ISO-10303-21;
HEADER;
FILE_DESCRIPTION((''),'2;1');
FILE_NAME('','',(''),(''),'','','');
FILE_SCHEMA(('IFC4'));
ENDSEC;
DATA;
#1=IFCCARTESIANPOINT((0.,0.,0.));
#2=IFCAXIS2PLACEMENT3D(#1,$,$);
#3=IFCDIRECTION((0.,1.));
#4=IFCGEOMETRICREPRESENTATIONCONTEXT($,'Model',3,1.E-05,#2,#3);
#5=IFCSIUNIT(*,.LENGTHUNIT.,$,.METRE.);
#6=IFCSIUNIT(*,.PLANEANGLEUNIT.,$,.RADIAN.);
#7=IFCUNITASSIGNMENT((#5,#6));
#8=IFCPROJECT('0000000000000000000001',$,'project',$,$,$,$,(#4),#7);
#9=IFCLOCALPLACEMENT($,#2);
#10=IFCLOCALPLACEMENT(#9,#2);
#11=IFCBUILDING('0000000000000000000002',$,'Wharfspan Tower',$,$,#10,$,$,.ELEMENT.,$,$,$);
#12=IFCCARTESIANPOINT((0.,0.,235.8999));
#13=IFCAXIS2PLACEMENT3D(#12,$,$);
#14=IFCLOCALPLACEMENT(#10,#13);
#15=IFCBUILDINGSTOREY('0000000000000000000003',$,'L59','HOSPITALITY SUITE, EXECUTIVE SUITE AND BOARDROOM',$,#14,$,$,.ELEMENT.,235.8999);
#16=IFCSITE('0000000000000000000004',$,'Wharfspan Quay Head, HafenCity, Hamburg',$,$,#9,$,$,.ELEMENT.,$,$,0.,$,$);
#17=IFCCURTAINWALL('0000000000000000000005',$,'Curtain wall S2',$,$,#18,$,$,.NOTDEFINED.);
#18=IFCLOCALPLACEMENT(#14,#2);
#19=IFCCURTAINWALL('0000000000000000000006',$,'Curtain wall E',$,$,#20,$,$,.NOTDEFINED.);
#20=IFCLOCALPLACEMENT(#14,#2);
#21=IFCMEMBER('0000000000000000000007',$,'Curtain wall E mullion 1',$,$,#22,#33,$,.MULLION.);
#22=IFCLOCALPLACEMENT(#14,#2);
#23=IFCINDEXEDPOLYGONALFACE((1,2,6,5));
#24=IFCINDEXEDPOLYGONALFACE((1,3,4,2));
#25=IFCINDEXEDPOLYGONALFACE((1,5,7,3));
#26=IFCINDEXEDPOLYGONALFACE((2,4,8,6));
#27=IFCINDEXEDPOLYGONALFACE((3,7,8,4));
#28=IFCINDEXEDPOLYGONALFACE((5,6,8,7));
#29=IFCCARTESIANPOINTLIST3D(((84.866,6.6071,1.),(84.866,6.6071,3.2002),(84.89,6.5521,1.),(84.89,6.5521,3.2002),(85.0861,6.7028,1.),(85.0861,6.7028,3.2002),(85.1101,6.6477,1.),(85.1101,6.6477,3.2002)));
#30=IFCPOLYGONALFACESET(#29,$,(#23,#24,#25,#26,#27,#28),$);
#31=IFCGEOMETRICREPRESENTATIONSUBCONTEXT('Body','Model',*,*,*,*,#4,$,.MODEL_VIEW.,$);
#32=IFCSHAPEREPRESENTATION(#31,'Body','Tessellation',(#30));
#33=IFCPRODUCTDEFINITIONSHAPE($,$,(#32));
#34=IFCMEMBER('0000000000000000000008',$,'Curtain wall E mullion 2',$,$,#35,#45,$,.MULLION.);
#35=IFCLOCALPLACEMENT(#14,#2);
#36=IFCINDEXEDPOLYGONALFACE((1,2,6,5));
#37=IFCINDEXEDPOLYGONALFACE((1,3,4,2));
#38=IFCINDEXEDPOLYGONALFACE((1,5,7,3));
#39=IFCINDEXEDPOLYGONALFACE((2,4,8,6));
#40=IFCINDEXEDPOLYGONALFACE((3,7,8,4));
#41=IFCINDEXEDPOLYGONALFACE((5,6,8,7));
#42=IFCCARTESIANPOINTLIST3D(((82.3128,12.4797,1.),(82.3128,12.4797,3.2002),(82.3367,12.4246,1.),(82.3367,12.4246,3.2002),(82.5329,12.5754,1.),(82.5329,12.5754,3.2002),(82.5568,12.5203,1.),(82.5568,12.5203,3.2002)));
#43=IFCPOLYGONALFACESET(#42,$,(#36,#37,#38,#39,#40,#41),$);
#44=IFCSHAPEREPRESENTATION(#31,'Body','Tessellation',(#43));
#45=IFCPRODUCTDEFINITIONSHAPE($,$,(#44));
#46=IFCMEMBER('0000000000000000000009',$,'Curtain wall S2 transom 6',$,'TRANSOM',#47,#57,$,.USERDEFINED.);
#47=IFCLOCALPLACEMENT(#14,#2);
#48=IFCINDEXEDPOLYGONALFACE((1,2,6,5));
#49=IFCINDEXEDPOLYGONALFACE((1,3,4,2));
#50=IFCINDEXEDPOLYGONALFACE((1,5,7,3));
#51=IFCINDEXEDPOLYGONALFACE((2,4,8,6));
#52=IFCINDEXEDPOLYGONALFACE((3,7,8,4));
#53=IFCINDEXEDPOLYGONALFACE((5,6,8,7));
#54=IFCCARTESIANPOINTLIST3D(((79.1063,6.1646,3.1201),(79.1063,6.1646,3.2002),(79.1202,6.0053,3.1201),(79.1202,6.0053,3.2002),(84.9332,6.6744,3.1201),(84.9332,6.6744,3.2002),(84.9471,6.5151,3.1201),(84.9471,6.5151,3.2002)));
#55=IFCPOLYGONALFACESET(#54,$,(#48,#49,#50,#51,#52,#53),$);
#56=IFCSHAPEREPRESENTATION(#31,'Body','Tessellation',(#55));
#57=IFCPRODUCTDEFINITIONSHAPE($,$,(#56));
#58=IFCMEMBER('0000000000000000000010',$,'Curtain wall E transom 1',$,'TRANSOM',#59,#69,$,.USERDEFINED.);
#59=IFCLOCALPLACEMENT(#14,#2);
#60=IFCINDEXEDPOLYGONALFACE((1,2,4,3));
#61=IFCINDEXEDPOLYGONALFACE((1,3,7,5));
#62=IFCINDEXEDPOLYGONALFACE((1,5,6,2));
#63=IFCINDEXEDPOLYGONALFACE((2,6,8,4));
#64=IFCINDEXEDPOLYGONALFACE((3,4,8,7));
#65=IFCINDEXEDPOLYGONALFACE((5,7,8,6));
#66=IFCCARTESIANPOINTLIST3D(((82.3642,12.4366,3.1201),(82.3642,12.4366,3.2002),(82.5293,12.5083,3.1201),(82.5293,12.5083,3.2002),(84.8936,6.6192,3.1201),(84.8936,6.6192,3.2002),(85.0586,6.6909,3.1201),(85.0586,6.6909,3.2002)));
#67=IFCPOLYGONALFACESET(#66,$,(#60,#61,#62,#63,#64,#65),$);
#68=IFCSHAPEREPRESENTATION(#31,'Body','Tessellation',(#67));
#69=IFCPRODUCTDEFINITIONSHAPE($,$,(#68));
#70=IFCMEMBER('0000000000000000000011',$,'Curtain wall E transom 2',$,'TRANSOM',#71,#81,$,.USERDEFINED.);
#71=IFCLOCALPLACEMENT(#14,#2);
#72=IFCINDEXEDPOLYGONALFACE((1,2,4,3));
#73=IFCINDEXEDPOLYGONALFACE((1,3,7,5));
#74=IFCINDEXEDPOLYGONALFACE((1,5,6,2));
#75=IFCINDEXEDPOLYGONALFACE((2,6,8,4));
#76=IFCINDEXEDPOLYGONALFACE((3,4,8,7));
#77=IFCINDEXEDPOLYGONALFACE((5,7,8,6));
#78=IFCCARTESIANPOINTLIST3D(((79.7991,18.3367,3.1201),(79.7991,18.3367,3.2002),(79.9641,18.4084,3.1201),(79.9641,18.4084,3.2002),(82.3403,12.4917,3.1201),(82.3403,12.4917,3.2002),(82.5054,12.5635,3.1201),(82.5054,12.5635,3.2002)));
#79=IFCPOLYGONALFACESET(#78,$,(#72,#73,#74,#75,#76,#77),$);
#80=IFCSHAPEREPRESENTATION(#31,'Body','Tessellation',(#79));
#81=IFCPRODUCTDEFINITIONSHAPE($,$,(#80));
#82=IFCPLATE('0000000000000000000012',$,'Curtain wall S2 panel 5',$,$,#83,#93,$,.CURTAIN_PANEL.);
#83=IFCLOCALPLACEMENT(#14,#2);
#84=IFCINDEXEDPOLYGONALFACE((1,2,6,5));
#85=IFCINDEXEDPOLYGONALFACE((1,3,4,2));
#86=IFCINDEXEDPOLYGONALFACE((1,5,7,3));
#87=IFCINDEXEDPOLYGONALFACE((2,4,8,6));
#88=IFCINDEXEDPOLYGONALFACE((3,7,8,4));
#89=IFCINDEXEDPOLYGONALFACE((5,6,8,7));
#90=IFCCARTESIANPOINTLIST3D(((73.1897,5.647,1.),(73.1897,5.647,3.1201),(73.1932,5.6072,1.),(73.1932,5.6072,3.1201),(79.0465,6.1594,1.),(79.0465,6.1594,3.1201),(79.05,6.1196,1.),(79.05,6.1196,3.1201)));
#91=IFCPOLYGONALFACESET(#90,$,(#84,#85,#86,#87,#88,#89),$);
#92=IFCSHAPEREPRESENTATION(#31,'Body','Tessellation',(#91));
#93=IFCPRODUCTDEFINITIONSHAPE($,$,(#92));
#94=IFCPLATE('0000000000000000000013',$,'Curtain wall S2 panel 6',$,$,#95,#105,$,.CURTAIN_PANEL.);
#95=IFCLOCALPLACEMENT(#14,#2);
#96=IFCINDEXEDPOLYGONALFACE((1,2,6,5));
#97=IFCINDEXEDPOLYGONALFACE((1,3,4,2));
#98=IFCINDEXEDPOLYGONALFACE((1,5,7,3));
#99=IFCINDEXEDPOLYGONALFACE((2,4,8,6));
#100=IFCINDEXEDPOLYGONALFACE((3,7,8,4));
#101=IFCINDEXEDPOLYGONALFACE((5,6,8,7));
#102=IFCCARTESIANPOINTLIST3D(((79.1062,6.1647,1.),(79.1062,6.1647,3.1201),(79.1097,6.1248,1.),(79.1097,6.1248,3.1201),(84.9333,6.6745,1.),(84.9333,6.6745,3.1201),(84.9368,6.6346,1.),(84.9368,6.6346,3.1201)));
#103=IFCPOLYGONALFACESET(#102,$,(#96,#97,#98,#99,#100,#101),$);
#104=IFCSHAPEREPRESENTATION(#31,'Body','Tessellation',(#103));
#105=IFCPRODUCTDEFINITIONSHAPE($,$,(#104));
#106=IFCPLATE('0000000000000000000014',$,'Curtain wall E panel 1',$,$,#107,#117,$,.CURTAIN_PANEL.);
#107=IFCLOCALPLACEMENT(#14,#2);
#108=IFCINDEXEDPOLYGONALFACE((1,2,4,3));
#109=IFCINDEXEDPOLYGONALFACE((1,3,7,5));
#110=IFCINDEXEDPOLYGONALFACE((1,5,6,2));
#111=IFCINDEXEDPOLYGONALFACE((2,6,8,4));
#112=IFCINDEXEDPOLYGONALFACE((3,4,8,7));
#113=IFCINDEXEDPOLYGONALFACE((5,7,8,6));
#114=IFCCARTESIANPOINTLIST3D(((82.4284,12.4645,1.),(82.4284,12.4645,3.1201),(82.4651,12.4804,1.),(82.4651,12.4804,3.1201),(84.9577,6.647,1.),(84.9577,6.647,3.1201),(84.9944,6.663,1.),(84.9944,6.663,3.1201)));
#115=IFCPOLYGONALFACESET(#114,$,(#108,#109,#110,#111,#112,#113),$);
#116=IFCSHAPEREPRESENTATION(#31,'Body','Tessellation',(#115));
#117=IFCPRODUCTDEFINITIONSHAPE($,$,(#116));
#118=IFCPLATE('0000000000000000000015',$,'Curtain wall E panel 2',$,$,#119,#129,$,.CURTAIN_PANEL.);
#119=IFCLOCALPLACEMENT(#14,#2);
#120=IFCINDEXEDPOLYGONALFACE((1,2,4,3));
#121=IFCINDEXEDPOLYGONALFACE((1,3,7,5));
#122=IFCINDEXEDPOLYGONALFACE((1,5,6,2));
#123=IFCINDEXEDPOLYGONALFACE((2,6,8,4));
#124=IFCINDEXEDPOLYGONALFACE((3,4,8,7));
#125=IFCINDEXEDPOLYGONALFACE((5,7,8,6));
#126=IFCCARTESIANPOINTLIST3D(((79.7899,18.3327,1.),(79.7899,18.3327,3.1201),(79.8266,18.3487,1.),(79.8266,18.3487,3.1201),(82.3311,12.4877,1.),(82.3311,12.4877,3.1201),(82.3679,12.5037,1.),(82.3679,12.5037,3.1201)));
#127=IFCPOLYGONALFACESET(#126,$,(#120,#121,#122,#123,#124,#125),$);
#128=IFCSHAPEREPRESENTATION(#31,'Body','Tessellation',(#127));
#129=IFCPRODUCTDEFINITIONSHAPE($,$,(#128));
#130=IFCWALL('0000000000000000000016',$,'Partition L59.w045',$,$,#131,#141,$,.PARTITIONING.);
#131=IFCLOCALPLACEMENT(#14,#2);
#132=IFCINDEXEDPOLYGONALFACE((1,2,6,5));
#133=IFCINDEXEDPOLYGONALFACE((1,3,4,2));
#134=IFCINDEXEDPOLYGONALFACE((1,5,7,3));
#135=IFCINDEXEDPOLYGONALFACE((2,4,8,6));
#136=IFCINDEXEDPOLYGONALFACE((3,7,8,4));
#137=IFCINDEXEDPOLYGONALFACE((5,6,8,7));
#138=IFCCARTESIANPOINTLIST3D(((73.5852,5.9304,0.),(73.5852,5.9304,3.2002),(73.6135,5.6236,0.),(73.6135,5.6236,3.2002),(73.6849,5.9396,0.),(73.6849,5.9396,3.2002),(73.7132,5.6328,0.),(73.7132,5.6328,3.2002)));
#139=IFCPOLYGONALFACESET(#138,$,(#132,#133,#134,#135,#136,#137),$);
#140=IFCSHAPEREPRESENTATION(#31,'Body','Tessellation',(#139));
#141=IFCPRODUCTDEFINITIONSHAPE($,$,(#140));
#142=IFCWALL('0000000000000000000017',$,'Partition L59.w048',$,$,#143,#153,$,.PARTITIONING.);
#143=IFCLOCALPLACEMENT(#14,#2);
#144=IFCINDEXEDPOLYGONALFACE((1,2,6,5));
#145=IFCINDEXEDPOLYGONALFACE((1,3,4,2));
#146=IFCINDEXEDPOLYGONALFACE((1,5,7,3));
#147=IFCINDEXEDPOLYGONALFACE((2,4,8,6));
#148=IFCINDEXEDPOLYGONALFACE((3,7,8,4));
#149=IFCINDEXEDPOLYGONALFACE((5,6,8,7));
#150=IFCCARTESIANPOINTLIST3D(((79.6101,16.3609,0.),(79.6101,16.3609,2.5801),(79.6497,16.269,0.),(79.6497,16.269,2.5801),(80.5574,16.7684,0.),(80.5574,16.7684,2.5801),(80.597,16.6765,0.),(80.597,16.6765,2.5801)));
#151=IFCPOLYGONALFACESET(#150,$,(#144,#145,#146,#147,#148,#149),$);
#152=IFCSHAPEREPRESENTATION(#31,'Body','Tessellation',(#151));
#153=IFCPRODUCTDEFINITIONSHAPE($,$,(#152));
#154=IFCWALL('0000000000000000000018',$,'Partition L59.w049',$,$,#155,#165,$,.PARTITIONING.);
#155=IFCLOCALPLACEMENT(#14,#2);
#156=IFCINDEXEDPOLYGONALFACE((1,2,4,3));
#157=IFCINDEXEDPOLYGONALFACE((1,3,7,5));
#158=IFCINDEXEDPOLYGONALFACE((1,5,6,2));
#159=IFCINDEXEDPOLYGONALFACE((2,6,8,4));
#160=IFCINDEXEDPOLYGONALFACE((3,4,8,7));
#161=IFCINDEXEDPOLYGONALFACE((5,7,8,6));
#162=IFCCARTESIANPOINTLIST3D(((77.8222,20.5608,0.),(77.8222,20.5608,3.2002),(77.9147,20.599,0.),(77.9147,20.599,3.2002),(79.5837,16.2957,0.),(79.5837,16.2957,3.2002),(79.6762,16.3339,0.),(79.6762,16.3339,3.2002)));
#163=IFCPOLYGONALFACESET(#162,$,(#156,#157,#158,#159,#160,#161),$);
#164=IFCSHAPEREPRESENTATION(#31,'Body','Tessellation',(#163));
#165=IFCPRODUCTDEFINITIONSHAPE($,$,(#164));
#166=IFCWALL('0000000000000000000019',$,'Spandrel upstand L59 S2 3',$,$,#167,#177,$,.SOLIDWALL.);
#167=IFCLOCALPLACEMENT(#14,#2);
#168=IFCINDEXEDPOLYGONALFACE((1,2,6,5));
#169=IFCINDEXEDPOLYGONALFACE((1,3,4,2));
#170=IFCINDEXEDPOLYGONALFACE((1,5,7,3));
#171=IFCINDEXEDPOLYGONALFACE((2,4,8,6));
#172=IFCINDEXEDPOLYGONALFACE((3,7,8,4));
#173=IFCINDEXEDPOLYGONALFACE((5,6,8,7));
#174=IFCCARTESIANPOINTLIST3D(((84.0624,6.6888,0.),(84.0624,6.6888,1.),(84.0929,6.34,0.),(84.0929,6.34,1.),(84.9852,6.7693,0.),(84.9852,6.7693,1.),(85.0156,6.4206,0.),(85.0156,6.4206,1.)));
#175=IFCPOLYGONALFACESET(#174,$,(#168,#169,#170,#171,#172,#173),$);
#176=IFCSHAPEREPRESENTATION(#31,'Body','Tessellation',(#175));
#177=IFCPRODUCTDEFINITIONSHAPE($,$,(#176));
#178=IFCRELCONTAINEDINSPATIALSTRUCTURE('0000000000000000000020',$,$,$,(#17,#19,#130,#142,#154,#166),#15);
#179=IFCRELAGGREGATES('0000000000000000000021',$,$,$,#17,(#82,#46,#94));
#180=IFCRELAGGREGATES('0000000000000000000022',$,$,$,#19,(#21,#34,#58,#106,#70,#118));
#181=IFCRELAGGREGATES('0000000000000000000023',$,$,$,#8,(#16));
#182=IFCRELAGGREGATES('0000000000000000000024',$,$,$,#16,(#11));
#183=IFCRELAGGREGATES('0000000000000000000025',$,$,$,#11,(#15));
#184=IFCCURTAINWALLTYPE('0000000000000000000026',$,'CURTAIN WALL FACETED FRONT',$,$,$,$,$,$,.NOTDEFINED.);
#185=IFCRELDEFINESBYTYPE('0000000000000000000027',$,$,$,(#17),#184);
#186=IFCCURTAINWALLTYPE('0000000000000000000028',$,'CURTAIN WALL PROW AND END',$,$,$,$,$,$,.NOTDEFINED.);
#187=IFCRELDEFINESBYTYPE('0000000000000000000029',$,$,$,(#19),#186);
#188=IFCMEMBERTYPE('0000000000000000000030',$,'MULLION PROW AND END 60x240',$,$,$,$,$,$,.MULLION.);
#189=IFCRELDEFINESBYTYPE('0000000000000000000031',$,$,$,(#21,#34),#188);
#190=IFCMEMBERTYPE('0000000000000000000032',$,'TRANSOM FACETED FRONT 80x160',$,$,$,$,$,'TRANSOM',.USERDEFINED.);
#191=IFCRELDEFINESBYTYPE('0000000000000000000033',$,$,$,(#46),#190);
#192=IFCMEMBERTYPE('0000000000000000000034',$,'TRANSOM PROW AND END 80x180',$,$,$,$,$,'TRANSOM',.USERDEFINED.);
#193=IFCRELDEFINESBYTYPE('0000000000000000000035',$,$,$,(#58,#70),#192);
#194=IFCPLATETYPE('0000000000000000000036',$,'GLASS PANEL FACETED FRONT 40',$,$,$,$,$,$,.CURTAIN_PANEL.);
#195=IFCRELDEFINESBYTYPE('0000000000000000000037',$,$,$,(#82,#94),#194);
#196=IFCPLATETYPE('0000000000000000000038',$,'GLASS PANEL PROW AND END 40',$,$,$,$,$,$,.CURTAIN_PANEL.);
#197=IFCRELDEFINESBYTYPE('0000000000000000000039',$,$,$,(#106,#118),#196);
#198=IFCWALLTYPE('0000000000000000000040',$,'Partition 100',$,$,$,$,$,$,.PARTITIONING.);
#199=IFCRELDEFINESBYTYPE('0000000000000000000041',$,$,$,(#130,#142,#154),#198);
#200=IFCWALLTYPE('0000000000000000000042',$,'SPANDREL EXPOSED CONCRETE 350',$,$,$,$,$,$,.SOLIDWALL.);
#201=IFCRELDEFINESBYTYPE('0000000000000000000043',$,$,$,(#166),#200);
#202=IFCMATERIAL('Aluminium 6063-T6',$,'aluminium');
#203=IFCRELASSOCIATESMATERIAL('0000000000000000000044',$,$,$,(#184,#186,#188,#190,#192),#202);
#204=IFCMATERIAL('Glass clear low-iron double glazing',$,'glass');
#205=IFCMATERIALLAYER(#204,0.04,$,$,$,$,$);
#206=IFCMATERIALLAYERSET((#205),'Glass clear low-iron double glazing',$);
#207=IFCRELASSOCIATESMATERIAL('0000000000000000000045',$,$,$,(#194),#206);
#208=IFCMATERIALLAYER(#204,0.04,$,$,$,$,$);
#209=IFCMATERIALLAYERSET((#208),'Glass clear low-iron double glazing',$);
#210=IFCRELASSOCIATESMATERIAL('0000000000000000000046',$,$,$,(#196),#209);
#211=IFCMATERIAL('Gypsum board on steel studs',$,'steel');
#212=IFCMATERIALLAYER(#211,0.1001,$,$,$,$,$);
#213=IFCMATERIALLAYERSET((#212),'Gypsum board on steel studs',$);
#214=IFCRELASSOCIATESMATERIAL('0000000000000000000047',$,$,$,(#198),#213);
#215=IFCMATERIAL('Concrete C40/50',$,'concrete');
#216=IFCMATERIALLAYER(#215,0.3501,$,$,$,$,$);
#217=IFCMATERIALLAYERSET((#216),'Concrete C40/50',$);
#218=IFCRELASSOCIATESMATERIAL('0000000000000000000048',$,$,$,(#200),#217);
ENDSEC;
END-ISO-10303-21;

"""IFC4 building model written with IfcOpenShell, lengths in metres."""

from ifc_helpers import new_model, si_unit, direction, frame, frame_2d, origin, origin_2d, place, context, subcontext, project, spatial, rectangle, extrude, material, layer, layer_set, material_profile, profile_set, type_object, element, aggregate, save


model = new_model("IFC4")

# Units and contexts
model_context = context("Model", 3, precision=1e-05, world=origin(), true_north=direction((0.0, 1.0)))
body_context = subcontext(model_context, "Body", "Model", "MODEL_VIEW")
ifc_project = project(units=[si_unit("LENGTHUNIT", "METRE"), si_unit("PLANEANGLEUNIT", "RADIAN")], contexts=[model_context])

# Site, building, storey
site_placement = place(None, origin())
site = spatial("IfcSite", under=ifc_project, at=site_placement, Name="Wharfspan Quay Head, HafenCity, Hamburg", CompositionType="ELEMENT", RefElevation=0.0)
building_placement = place(site_placement, origin())
building = spatial("IfcBuilding", under=site, at=building_placement, Name="Wharfspan Tower", CompositionType="ELEMENT")
storey_placement = place(building_placement, frame((0.0, 0.0, 235.8999)))
storey = spatial("IfcBuildingStorey", under=building, at=storey_placement, Name="L59", Description="HOSPITALITY SUITE, EXECUTIVE SUITE AND BOARDROOM", CompositionType="ELEMENT", Elevation=235.8999)

# Curtain walls, members
ifc_material_1 = material(Name="Aluminium 6063-T6", Category="aluminium")
curtain_wall_type_1 = type_object("IfcCurtainWallType", Name="CURTAIN WALL FACETED FRONT", PredefinedType="NOTDEFINED", material=ifc_material_1)
curtain_wall_1_placement = place(storey_placement, origin())
curtain_wall_1 = element("IfcCurtainWall", 1, at=curtain_wall_1_placement, inside=storey, type_object=curtain_wall_type_1, Name="Curtain wall S2", PredefinedType="NOTDEFINED")
curtain_wall_type_2 = type_object("IfcCurtainWallType", Name="CURTAIN WALL PROW AND END", PredefinedType="NOTDEFINED", material=ifc_material_1)
curtain_wall_2_placement = place(storey_placement, origin())
curtain_wall_2 = element("IfcCurtainWall", 2, at=curtain_wall_2_placement, inside=storey, type_object=curtain_wall_type_2, Name="Curtain wall E", PredefinedType="NOTDEFINED")
ifc_material_profile_1 = material_profile(ifc_material_1, rectangle(XDim=0.24, YDim=0.0601, at=origin_2d()))
ifc_profile_set_1 = profile_set([ifc_material_profile_1], Name="Aluminium 6063-T6")
member_type_1 = type_object("IfcMemberType", Name="MULLION PROW AND END 60x240", PredefinedType="MULLION", material=ifc_profile_set_1)
member_1_placement = place(storey_placement, frame((84.988, 6.6274, 1.0), z_axis=(0.0, 0.0, 1.0), x_axis=(-0.917072, -0.398727, 0.0)))
member_1 = element("IfcMember", 3, at=member_1_placement, type_object=member_type_1, Name="Curtain wall E mullion 1", PredefinedType="MULLION", context=body_context, shape_type="SweptSolid", body=[
    extrude(rectangle(XDim=0.24, YDim=0.0601, at=origin_2d()), origin(), (0.0, 0.0, 1.0), 2.2002),
])
member_2_placement = place(storey_placement, frame((82.4348, 12.5, 1.0), z_axis=(0.0, 0.0, 1.0), x_axis=(-0.917072, -0.398727, 0.0)))
member_2 = element("IfcMember", 4, at=member_2_placement, type_object=member_type_1, Name="Curtain wall E mullion 2", PredefinedType="MULLION", context=body_context, shape_type="SweptSolid", body=[
    extrude(rectangle(XDim=0.24, YDim=0.0601, at=origin_2d()), origin(), (0.0, 0.0, 1.0), 2.2002),
])

# Members
ifc_material_profile_2 = material_profile(ifc_material_1, rectangle(XDim=0.1599, YDim=0.0801, at=origin_2d()))
ifc_profile_set_2 = profile_set([ifc_material_profile_2], Name="Aluminium 6063-T6")
member_type_2 = type_object("IfcMemberType", Name="TRANSOM FACETED FRONT 80x160", ElementType="TRANSOM", PredefinedType="USERDEFINED", material=ifc_profile_set_2)
member_3_placement = place(storey_placement, frame((79.1133, 6.085, 3.1602), z_axis=(0.996195, 0.087152, 0.0), x_axis=(-0.087152, 0.996195, 0.0)))
member_3 = element("IfcMember", 5, at=member_3_placement, type_object=member_type_2, Name="Curtain wall S2 transom 6", ObjectType="TRANSOM", PredefinedType="USERDEFINED", context=body_context, shape_type="SweptSolid", body=[
    extrude(rectangle(XDim=0.1599, YDim=0.0801, at=origin_2d()), origin(), (0.0, 0.0, 1.0), 5.8491),
])
ifc_material_profile_3 = material_profile(ifc_material_1, rectangle(XDim=0.1799, YDim=0.0801, at=origin_2d()))
ifc_profile_set_3 = profile_set([ifc_material_profile_3], Name="Aluminium 6063-T6")
member_type_3 = type_object("IfcMemberType", Name="TRANSOM PROW AND END 80x180", ElementType="TRANSOM", PredefinedType="USERDEFINED", material=ifc_profile_set_3)
member_4_placement = place(storey_placement, frame((84.9761, 6.655, 3.1602), z_axis=(-0.398726, 0.91707, 0.0), x_axis=(-0.91707, -0.398726, 0.0)))
member_4 = element("IfcMember", 6, at=member_4_placement, type_object=member_type_3, Name="Curtain wall E transom 1", ObjectType="TRANSOM", PredefinedType="USERDEFINED", context=body_context, shape_type="SweptSolid", body=[
    extrude(rectangle(XDim=0.1799, YDim=0.0801, at=origin_2d()), origin(), (0.0, 0.0, 1.0), 6.3435),
])
member_5_placement = place(storey_placement, frame((82.4229, 12.5276, 3.1602), z_axis=(-0.398722, 0.917072, 0.0), x_axis=(-0.917072, -0.398722, 0.0)))
member_5 = element("IfcMember", 7, at=member_5_placement, type_object=member_type_3, Name="Curtain wall E transom 2", ObjectType="TRANSOM", PredefinedType="USERDEFINED", context=body_context, shape_type="SweptSolid", body=[
    extrude(rectangle(XDim=0.1799, YDim=0.0801, at=origin_2d()), origin(), (0.0, 0.0, 1.0), 6.3735),
])

# Plates
ifc_material_2 = material(Name="Glass clear low-iron double glazing", Category="glass")
ifc_layer_1 = layer(ifc_material_2, 0.04)
ifc_layer_set_1 = layer_set([ifc_layer_1], Name="Glass clear low-iron double glazing")
plate_type_1 = type_object("IfcPlateType", Name="GLASS PANEL FACETED FRONT 40", PredefinedType="CURTAIN_PANEL", material=ifc_layer_set_1)
plate_1_placement = place(storey_placement, frame((76.1199, 5.8833, 1.0), z_axis=(0.0, 0.0, 1.0), x_axis=(0.996197, 0.087156, 0.0)))
plate_1 = element("IfcPlate", 8, at=plate_1_placement, type_object=plate_type_1, Name="Curtain wall S2 panel 5", PredefinedType="CURTAIN_PANEL", context=body_context, shape_type="SweptSolid", body=[
    extrude(rectangle(XDim=5.8792, YDim=0.04, at=origin_2d()), origin(), (0.0, 0.0, 1.0), 2.1201),
])
plate_2_placement = place(storey_placement, frame((82.0215, 6.3997, 1.0), z_axis=(0.0, 0.0, 1.0), x_axis=(0.996197, 0.087156, 0.0)))
plate_2 = element("IfcPlate", 9, at=plate_2_placement, type_object=plate_type_1, Name="Curtain wall S2 panel 6", PredefinedType="CURTAIN_PANEL", context=body_context, shape_type="SweptSolid", body=[
    extrude(rectangle(XDim=5.8494, YDim=0.04, at=origin_2d()), origin(), (0.0, 0.0, 1.0), 2.1201),
])
aggregate(curtain_wall_1, [plate_1, member_3, plate_2])
ifc_layer_2 = layer(ifc_material_2, 0.04)
ifc_layer_set_2 = layer_set([ifc_layer_2], Name="Glass clear low-iron double glazing")
plate_type_2 = type_object("IfcPlateType", Name="GLASS PANEL PROW AND END 40", PredefinedType="CURTAIN_PANEL", material=ifc_layer_set_2)
plate_3_placement = place(storey_placement, frame((83.7114, 9.5637, 1.0), z_axis=(0.0, 0.0, 1.0), x_axis=(-0.398727, 0.917072, 0.0)))
plate_3 = element("IfcPlate", 10, at=plate_3_placement, type_object=plate_type_2, Name="Curtain wall E panel 1", PredefinedType="CURTAIN_PANEL", context=body_context, shape_type="SweptSolid", body=[
    extrude(rectangle(XDim=6.3435, YDim=0.04, at=origin_2d()), origin(), (0.0, 0.0, 1.0), 2.1201),
])
plate_4_placement = place(storey_placement, frame((81.0789, 15.4182, 1.0), z_axis=(0.0, 0.0, 1.0), x_axis=(-0.398727, 0.917072, 0.0)))
plate_4 = element("IfcPlate", 11, at=plate_4_placement, type_object=plate_type_2, Name="Curtain wall E panel 2", PredefinedType="CURTAIN_PANEL", context=body_context, shape_type="SweptSolid", body=[
    extrude(rectangle(XDim=6.3735, YDim=0.04, at=origin_2d()), origin(), (0.0, 0.0, 1.0), 2.1201),
])
aggregate(curtain_wall_2, [member_1, member_2, member_4, plate_3, member_5, plate_4])

# Walls
ifc_material_3 = material(Name="Gypsum board on steel studs", Category="steel")
ifc_layer_3 = layer(ifc_material_3, 0.1001)
ifc_layer_set_3 = layer_set([ifc_layer_3], Name="Gypsum board on steel studs")
wall_type_1 = type_object("IfcWallType", Name="Partition 100", PredefinedType="PARTITIONING", material=ifc_layer_set_3)
wall_1_placement = place(storey_placement, frame((73.6633, 5.6282, 0.0), z_axis=(0.0, 0.0, 1.0), x_axis=(-0.091893, 0.995772, 0.0)))
element("IfcWall", 12, at=wall_1_placement, inside=storey, type_object=wall_type_1, Name="Partition L59.w045", PredefinedType="PARTITIONING", context=body_context, shape_type="SweptSolid", body=[
    extrude(rectangle(XDim=0.3081, YDim=0.1001, at=frame_2d((0.1541, 0.0))), origin(), (0.0, 0.0, 1.0), 3.2002),
])
wall_2_placement = place(storey_placement, frame((79.6299, 16.3149, 0.0), z_axis=(0.0, 0.0, 1.0), x_axis=(0.918616, 0.395147, 0.0)))
element("IfcWall", 13, at=wall_2_placement, inside=storey, type_object=wall_type_1, Name="Partition L59.w048", PredefinedType="PARTITIONING", context=body_context, shape_type="SweptSolid", body=[
    extrude(rectangle(XDim=1.0312, YDim=0.1001, at=frame_2d((0.5156, 0.0))), origin(), (0.0, 0.0, 1.0), 2.5801),
])
wall_3_placement = place(storey_placement, frame((79.6299, 16.3149, 0.0), z_axis=(0.0, 0.0, 1.0), x_axis=(-0.381721, 0.924278, 0.0)))
element("IfcWall", 14, at=wall_3_placement, inside=storey, type_object=wall_type_1, Name="Partition L59.w049", PredefinedType="PARTITIONING", context=body_context, shape_type="SweptSolid", body=[
    extrude(rectangle(XDim=4.6145, YDim=0.1001, at=frame_2d((2.3071, 0.0))), origin(), (0.0, 0.0, 1.0), 3.2002),
])
ifc_material_4 = material(Name="Concrete C40/50", Category="concrete")
ifc_layer_4 = layer(ifc_material_4, 0.3501)
ifc_layer_set_4 = layer_set([ifc_layer_4], Name="Concrete C40/50")
wall_type_2 = type_object("IfcWallType", Name="SPANDREL EXPOSED CONCRETE 350", PredefinedType="SOLIDWALL", material=ifc_layer_set_4)
wall_4_placement = place(storey_placement, frame((84.0776, 6.5144, 0.0), z_axis=(0.0, 0.0, 1.0), x_axis=(0.996213, 0.086971, 0.0)))
element("IfcWall", 15, at=wall_4_placement, inside=storey, type_object=wall_type_2, Name="Spandrel upstand L59 S2 3", PredefinedType="SOLIDWALL", context=body_context, shape_type="SweptSolid", body=[
    extrude(rectangle(XDim=0.9263, YDim=0.3501, at=frame_2d((0.4631, 0.0))), origin(), (0.0, 0.0, 1.0), 1.0),
])

save(model, "model.ifc")
